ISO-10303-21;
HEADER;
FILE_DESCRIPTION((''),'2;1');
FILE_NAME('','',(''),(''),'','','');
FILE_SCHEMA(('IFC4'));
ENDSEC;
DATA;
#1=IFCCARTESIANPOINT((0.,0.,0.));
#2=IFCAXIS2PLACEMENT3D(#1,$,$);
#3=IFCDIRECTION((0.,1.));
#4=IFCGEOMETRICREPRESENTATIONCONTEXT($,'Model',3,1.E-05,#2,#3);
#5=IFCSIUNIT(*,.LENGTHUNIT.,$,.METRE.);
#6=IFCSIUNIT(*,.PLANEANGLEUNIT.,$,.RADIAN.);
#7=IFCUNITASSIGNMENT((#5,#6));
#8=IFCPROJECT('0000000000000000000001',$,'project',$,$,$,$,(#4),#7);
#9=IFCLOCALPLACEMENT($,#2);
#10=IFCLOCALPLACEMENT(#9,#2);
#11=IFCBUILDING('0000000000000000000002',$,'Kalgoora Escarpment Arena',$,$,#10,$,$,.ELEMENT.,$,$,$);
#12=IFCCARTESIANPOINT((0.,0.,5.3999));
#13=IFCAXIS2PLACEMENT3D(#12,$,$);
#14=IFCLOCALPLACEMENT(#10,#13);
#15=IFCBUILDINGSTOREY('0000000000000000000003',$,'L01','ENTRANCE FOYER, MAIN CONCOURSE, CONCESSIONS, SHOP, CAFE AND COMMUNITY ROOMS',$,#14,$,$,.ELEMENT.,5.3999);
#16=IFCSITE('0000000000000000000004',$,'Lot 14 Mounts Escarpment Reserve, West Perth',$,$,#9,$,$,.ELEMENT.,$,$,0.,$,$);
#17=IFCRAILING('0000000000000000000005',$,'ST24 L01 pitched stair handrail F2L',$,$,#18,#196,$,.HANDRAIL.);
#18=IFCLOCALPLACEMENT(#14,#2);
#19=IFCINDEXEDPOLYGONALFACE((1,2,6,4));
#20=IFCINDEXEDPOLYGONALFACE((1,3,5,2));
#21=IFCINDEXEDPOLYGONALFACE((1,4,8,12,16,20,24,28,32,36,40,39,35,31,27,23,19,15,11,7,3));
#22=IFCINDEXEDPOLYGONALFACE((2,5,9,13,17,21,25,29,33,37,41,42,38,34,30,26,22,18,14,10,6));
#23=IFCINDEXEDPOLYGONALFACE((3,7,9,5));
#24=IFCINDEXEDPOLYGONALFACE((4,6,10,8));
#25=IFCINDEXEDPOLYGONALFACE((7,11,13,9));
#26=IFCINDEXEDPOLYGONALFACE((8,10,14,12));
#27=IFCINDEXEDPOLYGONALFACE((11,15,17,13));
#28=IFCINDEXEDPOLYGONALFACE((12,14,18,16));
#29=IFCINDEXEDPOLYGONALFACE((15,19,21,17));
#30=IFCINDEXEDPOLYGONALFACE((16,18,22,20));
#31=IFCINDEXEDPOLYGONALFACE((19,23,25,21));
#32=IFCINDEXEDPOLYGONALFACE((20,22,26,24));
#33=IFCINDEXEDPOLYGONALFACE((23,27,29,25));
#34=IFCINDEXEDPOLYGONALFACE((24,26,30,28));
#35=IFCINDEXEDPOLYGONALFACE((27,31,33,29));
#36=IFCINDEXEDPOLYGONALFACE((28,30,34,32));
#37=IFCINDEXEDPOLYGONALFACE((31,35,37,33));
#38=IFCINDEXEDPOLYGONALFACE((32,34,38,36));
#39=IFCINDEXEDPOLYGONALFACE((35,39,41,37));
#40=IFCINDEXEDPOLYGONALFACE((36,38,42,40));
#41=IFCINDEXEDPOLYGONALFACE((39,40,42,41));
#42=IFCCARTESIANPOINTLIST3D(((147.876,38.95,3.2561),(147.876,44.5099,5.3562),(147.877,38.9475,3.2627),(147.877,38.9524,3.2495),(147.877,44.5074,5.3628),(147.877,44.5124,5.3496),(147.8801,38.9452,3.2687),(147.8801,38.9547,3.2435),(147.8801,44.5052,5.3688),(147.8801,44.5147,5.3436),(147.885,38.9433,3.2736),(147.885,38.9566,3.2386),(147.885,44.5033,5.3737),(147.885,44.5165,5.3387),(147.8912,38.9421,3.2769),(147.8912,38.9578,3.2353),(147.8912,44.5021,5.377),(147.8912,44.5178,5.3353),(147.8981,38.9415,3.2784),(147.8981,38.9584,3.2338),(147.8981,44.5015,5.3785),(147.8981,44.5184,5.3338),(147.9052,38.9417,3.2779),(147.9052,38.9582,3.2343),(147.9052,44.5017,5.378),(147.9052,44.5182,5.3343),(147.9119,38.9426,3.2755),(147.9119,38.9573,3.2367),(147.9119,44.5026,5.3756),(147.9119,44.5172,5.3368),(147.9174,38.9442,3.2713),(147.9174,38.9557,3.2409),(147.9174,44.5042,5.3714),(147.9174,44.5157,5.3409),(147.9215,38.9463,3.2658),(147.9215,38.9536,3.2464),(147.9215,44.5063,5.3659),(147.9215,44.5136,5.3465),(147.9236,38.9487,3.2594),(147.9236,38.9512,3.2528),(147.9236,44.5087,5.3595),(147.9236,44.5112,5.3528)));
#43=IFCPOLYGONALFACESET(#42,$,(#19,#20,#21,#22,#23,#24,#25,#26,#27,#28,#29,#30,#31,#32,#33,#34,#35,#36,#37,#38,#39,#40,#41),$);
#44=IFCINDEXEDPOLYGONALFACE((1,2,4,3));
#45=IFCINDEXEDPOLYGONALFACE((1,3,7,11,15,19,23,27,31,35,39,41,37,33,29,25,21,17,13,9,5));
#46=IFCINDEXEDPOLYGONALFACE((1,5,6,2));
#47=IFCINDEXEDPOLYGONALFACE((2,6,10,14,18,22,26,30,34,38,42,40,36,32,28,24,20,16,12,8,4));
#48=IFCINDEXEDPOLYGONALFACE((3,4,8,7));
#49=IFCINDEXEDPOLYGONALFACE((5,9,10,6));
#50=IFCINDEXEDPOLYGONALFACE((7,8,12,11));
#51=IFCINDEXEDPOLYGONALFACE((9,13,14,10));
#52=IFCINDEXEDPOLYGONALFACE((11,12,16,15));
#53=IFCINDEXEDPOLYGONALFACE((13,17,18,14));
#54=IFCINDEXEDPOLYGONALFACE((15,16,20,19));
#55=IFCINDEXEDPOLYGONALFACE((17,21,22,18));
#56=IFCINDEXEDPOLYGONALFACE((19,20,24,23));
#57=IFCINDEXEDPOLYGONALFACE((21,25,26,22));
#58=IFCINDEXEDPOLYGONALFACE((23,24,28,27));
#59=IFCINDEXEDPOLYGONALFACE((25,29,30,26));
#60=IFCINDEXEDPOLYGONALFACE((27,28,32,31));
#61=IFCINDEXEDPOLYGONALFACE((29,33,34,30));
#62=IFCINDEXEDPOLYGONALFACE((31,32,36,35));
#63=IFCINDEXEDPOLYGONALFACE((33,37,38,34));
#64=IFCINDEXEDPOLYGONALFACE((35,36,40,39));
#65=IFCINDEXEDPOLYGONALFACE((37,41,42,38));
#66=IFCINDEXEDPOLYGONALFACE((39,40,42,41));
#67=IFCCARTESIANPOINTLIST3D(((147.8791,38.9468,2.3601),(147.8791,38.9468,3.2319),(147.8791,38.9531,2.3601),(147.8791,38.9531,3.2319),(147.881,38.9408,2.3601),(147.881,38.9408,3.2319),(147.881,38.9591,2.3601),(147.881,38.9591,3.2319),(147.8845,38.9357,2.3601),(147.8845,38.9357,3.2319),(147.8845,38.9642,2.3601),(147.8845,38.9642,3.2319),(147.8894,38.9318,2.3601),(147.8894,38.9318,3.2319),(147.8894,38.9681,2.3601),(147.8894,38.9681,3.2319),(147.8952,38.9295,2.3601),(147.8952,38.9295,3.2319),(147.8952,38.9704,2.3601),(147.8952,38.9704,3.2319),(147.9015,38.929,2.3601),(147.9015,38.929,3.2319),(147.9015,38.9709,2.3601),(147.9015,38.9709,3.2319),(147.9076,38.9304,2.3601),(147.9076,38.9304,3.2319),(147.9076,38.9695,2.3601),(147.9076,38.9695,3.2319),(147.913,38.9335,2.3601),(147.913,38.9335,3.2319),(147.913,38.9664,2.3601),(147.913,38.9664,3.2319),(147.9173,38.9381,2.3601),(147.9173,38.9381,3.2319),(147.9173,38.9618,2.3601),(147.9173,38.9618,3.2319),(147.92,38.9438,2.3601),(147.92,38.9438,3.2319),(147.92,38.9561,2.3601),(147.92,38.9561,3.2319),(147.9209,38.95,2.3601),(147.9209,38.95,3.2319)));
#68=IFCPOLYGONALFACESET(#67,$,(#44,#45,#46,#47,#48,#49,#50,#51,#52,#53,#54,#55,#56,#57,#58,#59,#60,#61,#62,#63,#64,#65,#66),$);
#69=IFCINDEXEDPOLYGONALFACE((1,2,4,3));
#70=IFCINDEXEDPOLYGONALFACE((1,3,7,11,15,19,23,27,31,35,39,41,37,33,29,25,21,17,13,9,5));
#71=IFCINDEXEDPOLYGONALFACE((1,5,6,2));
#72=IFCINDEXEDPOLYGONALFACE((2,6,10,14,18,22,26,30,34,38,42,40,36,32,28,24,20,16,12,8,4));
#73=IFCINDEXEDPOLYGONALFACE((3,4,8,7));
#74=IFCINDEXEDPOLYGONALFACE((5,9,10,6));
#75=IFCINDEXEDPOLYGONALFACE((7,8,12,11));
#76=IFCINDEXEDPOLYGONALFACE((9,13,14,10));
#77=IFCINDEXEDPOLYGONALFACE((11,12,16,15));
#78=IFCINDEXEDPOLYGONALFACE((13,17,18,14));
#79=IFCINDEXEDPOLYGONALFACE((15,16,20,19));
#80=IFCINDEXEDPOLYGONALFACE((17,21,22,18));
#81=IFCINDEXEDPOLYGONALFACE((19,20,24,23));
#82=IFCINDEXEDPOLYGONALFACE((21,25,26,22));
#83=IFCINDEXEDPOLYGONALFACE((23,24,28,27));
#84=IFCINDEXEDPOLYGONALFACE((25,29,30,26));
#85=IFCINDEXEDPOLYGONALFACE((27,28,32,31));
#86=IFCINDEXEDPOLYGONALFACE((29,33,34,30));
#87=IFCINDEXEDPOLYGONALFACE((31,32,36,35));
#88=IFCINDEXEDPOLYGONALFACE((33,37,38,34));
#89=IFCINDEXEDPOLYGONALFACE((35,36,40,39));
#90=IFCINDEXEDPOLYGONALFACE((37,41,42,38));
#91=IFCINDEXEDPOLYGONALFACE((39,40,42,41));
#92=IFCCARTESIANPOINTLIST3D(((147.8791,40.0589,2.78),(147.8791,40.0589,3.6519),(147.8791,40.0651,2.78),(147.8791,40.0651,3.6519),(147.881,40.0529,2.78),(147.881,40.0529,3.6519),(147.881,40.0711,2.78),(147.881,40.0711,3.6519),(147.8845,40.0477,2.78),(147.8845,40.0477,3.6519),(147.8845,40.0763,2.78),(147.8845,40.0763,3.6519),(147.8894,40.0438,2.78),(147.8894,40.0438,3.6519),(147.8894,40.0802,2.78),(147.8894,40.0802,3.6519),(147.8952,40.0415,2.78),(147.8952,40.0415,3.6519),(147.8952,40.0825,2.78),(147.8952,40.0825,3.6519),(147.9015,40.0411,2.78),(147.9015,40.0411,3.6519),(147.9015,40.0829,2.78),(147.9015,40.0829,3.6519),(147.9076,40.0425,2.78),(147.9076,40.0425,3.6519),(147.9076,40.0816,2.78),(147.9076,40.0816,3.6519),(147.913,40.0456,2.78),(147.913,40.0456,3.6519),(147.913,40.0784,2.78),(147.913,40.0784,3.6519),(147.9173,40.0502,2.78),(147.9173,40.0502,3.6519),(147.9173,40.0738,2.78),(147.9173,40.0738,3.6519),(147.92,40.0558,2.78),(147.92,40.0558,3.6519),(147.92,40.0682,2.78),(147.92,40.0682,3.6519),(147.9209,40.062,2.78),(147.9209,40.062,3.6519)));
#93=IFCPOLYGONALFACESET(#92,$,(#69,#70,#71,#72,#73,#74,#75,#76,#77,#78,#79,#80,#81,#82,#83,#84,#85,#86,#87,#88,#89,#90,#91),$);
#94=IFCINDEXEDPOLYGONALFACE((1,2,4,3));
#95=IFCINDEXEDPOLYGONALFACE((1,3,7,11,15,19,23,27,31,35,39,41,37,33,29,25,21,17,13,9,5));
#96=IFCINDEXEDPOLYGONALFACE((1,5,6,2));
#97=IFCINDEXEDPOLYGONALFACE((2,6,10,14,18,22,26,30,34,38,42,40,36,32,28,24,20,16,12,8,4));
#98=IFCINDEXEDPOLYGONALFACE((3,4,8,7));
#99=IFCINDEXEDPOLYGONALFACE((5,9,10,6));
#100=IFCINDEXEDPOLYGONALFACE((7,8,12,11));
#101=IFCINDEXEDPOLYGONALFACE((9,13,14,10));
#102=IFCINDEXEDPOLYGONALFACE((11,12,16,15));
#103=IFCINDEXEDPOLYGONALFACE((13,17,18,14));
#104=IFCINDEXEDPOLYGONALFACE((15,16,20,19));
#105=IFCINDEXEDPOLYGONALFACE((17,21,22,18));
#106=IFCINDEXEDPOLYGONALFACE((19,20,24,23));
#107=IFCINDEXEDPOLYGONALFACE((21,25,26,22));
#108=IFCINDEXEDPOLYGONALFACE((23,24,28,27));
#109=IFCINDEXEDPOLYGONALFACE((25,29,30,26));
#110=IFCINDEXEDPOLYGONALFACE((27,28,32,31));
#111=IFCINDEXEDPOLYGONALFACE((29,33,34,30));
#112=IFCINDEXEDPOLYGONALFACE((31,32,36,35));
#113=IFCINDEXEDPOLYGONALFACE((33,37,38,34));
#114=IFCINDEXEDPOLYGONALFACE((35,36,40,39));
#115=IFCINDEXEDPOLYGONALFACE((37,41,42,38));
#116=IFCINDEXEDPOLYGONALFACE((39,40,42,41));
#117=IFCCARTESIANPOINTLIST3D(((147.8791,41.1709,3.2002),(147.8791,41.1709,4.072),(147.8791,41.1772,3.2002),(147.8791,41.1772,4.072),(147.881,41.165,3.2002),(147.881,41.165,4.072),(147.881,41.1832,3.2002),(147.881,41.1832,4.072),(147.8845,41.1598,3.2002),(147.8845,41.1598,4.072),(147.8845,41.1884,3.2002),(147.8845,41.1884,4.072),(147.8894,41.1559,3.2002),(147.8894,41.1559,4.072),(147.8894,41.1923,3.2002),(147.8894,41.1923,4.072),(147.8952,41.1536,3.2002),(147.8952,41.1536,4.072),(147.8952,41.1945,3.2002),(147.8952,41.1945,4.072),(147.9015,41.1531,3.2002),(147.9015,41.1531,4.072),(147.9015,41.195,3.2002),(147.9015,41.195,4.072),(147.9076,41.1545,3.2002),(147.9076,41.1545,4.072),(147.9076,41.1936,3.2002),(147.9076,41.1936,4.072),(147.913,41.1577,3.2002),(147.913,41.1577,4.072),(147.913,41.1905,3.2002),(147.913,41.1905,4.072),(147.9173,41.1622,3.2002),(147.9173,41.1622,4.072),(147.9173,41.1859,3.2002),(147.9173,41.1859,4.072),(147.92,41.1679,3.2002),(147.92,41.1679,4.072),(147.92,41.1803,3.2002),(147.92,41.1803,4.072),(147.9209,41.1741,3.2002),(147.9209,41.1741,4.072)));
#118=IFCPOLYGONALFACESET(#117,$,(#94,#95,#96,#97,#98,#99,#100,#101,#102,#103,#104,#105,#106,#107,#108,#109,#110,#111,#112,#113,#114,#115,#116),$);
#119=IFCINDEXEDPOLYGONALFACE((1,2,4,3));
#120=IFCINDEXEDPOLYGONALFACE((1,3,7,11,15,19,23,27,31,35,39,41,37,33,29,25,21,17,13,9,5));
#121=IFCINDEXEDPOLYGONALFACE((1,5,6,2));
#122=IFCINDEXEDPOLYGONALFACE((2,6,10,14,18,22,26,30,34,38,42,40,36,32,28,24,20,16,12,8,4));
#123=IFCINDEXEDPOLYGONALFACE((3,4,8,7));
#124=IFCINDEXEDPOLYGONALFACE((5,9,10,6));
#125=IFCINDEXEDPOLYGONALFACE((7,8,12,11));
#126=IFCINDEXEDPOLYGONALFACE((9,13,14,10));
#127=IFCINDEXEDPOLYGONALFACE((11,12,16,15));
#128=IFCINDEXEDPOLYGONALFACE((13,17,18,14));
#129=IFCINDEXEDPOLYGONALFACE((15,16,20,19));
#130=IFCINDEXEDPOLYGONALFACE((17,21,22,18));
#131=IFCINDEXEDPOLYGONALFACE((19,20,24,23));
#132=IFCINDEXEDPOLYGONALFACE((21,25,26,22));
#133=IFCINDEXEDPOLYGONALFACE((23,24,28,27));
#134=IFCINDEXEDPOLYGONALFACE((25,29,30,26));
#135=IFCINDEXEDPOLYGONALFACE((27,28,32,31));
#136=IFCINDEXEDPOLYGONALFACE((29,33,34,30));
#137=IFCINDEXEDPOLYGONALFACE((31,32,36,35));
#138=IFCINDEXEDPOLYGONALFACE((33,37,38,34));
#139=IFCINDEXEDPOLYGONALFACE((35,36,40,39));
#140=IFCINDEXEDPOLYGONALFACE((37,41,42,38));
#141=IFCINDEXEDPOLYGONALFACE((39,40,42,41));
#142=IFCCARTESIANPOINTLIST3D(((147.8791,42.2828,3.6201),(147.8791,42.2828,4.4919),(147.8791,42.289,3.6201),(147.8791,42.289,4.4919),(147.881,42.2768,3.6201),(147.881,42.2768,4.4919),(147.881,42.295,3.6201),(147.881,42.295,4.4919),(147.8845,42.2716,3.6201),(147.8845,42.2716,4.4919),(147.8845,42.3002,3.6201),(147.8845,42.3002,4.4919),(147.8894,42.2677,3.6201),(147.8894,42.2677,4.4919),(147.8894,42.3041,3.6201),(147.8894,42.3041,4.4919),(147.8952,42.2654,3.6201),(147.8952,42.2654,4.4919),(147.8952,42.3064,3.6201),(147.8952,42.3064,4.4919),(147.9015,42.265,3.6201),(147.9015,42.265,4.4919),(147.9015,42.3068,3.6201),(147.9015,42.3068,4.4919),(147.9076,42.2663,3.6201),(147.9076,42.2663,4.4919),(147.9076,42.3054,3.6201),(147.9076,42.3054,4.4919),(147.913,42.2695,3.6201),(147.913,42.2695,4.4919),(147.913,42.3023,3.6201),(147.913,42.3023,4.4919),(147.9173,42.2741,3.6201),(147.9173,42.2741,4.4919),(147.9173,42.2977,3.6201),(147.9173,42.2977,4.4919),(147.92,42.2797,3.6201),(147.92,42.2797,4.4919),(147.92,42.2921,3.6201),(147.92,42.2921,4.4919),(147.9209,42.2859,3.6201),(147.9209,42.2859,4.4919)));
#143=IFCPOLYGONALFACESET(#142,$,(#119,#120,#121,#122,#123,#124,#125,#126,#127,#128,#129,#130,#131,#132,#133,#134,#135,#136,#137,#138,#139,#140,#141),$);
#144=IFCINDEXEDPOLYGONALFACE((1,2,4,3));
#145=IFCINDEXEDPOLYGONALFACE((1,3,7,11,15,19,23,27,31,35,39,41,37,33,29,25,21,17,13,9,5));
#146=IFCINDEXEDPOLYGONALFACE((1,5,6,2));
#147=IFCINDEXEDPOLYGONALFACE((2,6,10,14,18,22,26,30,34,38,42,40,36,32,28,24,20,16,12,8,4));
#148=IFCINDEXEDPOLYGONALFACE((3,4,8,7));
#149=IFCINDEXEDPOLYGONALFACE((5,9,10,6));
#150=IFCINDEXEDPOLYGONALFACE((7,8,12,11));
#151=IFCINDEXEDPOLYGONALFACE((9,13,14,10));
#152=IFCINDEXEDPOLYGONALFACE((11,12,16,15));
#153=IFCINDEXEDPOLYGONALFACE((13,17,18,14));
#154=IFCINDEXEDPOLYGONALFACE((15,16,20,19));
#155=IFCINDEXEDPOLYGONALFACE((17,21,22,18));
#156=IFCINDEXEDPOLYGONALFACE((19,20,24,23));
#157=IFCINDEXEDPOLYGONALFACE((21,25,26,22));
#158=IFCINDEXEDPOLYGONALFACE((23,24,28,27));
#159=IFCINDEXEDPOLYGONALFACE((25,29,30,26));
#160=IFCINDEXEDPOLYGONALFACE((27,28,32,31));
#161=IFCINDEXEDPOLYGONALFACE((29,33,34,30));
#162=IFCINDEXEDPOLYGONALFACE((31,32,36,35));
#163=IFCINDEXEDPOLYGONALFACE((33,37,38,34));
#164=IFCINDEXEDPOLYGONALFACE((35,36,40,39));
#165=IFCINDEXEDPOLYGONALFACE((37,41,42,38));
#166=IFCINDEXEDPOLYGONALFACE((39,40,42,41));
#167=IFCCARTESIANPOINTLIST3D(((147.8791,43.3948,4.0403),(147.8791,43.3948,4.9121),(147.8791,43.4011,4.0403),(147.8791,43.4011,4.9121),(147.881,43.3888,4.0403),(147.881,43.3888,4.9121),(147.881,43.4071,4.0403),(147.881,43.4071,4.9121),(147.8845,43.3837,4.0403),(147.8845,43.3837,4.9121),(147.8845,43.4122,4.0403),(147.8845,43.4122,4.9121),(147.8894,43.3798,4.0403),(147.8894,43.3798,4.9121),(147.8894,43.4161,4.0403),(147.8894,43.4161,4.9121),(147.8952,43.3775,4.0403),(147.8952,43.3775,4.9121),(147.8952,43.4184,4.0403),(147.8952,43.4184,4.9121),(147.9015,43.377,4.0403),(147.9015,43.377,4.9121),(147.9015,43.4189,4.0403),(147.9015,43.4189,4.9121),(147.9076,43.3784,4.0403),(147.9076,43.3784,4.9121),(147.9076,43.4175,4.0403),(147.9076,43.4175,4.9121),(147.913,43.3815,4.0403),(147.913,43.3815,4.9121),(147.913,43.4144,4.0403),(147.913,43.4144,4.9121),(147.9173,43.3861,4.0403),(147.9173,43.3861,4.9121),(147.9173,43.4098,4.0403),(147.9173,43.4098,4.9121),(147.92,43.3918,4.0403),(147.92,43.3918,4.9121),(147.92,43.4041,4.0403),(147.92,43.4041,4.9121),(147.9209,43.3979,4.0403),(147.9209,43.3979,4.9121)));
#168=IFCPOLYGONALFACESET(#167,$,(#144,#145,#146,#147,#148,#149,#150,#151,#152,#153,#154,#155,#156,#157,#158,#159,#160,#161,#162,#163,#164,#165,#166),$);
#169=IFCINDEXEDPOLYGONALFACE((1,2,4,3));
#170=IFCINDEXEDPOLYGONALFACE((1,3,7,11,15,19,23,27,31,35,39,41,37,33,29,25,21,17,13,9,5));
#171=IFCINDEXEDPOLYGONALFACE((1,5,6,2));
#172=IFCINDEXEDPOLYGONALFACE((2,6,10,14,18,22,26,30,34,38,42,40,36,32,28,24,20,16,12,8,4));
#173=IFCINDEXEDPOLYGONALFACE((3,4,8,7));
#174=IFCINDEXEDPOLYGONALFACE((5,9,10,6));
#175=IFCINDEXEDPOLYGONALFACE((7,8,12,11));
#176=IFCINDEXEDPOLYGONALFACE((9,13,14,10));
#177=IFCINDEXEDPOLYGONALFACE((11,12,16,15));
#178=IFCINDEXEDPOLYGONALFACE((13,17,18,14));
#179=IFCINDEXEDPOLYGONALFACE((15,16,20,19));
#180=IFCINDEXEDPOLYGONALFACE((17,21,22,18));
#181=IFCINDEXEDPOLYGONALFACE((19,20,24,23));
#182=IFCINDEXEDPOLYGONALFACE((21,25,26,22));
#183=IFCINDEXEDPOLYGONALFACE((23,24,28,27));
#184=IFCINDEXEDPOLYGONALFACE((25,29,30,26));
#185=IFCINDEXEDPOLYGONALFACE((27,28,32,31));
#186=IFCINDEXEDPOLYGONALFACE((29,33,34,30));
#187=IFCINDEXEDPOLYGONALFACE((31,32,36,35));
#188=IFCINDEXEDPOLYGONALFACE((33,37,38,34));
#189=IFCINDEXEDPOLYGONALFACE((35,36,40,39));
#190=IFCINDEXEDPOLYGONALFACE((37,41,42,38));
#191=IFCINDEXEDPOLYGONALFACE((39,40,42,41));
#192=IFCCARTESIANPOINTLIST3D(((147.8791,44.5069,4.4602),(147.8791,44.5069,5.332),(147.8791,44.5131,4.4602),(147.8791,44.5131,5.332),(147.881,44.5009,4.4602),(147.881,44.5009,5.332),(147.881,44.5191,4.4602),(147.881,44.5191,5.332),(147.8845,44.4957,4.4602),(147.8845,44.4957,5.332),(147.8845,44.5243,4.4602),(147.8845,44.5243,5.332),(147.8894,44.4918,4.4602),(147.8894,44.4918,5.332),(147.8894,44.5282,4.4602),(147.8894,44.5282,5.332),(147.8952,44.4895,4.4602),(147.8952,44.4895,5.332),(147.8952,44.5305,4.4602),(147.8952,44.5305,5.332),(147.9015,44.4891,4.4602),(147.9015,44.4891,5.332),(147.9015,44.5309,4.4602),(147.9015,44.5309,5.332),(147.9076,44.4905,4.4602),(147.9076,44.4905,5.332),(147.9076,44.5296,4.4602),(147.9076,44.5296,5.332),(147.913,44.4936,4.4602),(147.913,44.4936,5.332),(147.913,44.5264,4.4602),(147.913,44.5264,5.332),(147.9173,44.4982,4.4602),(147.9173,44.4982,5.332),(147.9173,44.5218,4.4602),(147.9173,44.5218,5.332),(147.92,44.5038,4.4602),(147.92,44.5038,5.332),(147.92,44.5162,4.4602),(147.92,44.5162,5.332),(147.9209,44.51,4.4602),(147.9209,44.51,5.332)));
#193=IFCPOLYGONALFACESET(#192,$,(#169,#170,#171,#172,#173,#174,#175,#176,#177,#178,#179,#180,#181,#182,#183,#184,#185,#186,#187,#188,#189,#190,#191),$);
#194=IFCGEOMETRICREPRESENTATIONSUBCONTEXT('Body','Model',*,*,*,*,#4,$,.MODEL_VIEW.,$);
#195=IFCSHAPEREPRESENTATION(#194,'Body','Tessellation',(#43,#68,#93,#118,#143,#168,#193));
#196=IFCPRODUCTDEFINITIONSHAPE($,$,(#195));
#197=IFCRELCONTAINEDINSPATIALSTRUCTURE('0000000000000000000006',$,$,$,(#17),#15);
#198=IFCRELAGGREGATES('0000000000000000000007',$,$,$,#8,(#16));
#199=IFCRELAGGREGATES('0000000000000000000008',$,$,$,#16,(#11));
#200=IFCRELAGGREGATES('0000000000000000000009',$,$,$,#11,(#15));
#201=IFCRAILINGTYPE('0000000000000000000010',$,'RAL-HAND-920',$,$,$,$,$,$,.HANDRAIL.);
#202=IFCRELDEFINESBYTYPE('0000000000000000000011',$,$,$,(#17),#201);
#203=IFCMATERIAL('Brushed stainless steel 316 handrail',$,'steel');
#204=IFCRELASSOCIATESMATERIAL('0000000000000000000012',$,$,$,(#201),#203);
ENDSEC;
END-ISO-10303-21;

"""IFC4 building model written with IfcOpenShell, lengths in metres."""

from ifc_helpers import new_model, si_unit, direction, frame, origin, origin_2d, place, context, subcontext, project, spatial, circle, extrude, material, type_object, element, save


model = new_model("IFC4")

# Units and contexts
model_context = context("Model", 3, precision=1e-05, world=origin(), true_north=direction((0.0, 1.0)))
body_context = subcontext(model_context, "Body", "Model", "MODEL_VIEW")
ifc_project = project(units=[si_unit("LENGTHUNIT", "METRE"), si_unit("PLANEANGLEUNIT", "RADIAN")], contexts=[model_context])

# Site, building, storey
site_placement = place(None, origin())
site = spatial("IfcSite", under=ifc_project, at=site_placement, Name="Lot 14 Mounts Escarpment Reserve, West Perth", CompositionType="ELEMENT", RefElevation=0.0)
building_placement = place(site_placement, origin())
building = spatial("IfcBuilding", under=site, at=building_placement, Name="Kalgoora Escarpment Arena", CompositionType="ELEMENT")
storey_placement = place(building_placement, frame((0.0, 0.0, 5.3999)))
storey = spatial("IfcBuildingStorey", under=building, at=storey_placement, Name="L01", Description="ENTRANCE FOYER, MAIN CONCOURSE, CONCESSIONS, SHOP, CAFE AND COMMUNITY ROOMS", CompositionType="ELEMENT", Elevation=5.3999)

# Railing
ifc_material_1 = material(Name="Brushed stainless steel 316 handrail", Category="steel")
railing_type_1 = type_object("IfcRailingType", Name="RAL-HAND-920", PredefinedType="HANDRAIL", material=ifc_material_1)
railing_1_placement = place(storey_placement, frame((147.8999, 38.95, 2.3601)))
element("IfcRailing", 1, at=railing_1_placement, inside=storey, type_object=railing_type_1, Name="ST24 L01 pitched stair handrail F2L", PredefinedType="HANDRAIL", context=body_context, shape_type="SweptSolid", body=[
    extrude(circle(Radius=0.0239, at=origin_2d()), frame((0.0, 0.0, 0.896), z_axis=(0.0, 0.935493, 0.353346), x_axis=(-1.0, 0.0, 0.0)), (0.0, 0.0, 1.0), 5.9434),
    extrude(circle(Radius=0.021, at=origin_2d()), origin(), (0.0, 0.0, 1.0), 0.8718),
    extrude(circle(Radius=0.021, at=origin_2d()), frame((0.0, 1.1121, 0.4199)), (0.0, 0.0, 1.0), 0.8718),
    extrude(circle(Radius=0.021, at=origin_2d()), frame((0.0, 2.2241, 0.8401)), (0.0, 0.0, 1.0), 0.8718),
    extrude(circle(Radius=0.021, at=origin_2d()), frame((0.0, 3.3359, 1.26)), (0.0, 0.0, 1.0), 0.8718),
    extrude(circle(Radius=0.021, at=origin_2d()), frame((0.0, 4.448, 1.6802)), (0.0, 0.0, 1.0), 0.8718),
    extrude(circle(Radius=0.021, at=origin_2d()), frame((0.0, 5.5601, 2.1001)), (0.0, 0.0, 1.0), 0.8718),
])

save(model, "model.ifc")
